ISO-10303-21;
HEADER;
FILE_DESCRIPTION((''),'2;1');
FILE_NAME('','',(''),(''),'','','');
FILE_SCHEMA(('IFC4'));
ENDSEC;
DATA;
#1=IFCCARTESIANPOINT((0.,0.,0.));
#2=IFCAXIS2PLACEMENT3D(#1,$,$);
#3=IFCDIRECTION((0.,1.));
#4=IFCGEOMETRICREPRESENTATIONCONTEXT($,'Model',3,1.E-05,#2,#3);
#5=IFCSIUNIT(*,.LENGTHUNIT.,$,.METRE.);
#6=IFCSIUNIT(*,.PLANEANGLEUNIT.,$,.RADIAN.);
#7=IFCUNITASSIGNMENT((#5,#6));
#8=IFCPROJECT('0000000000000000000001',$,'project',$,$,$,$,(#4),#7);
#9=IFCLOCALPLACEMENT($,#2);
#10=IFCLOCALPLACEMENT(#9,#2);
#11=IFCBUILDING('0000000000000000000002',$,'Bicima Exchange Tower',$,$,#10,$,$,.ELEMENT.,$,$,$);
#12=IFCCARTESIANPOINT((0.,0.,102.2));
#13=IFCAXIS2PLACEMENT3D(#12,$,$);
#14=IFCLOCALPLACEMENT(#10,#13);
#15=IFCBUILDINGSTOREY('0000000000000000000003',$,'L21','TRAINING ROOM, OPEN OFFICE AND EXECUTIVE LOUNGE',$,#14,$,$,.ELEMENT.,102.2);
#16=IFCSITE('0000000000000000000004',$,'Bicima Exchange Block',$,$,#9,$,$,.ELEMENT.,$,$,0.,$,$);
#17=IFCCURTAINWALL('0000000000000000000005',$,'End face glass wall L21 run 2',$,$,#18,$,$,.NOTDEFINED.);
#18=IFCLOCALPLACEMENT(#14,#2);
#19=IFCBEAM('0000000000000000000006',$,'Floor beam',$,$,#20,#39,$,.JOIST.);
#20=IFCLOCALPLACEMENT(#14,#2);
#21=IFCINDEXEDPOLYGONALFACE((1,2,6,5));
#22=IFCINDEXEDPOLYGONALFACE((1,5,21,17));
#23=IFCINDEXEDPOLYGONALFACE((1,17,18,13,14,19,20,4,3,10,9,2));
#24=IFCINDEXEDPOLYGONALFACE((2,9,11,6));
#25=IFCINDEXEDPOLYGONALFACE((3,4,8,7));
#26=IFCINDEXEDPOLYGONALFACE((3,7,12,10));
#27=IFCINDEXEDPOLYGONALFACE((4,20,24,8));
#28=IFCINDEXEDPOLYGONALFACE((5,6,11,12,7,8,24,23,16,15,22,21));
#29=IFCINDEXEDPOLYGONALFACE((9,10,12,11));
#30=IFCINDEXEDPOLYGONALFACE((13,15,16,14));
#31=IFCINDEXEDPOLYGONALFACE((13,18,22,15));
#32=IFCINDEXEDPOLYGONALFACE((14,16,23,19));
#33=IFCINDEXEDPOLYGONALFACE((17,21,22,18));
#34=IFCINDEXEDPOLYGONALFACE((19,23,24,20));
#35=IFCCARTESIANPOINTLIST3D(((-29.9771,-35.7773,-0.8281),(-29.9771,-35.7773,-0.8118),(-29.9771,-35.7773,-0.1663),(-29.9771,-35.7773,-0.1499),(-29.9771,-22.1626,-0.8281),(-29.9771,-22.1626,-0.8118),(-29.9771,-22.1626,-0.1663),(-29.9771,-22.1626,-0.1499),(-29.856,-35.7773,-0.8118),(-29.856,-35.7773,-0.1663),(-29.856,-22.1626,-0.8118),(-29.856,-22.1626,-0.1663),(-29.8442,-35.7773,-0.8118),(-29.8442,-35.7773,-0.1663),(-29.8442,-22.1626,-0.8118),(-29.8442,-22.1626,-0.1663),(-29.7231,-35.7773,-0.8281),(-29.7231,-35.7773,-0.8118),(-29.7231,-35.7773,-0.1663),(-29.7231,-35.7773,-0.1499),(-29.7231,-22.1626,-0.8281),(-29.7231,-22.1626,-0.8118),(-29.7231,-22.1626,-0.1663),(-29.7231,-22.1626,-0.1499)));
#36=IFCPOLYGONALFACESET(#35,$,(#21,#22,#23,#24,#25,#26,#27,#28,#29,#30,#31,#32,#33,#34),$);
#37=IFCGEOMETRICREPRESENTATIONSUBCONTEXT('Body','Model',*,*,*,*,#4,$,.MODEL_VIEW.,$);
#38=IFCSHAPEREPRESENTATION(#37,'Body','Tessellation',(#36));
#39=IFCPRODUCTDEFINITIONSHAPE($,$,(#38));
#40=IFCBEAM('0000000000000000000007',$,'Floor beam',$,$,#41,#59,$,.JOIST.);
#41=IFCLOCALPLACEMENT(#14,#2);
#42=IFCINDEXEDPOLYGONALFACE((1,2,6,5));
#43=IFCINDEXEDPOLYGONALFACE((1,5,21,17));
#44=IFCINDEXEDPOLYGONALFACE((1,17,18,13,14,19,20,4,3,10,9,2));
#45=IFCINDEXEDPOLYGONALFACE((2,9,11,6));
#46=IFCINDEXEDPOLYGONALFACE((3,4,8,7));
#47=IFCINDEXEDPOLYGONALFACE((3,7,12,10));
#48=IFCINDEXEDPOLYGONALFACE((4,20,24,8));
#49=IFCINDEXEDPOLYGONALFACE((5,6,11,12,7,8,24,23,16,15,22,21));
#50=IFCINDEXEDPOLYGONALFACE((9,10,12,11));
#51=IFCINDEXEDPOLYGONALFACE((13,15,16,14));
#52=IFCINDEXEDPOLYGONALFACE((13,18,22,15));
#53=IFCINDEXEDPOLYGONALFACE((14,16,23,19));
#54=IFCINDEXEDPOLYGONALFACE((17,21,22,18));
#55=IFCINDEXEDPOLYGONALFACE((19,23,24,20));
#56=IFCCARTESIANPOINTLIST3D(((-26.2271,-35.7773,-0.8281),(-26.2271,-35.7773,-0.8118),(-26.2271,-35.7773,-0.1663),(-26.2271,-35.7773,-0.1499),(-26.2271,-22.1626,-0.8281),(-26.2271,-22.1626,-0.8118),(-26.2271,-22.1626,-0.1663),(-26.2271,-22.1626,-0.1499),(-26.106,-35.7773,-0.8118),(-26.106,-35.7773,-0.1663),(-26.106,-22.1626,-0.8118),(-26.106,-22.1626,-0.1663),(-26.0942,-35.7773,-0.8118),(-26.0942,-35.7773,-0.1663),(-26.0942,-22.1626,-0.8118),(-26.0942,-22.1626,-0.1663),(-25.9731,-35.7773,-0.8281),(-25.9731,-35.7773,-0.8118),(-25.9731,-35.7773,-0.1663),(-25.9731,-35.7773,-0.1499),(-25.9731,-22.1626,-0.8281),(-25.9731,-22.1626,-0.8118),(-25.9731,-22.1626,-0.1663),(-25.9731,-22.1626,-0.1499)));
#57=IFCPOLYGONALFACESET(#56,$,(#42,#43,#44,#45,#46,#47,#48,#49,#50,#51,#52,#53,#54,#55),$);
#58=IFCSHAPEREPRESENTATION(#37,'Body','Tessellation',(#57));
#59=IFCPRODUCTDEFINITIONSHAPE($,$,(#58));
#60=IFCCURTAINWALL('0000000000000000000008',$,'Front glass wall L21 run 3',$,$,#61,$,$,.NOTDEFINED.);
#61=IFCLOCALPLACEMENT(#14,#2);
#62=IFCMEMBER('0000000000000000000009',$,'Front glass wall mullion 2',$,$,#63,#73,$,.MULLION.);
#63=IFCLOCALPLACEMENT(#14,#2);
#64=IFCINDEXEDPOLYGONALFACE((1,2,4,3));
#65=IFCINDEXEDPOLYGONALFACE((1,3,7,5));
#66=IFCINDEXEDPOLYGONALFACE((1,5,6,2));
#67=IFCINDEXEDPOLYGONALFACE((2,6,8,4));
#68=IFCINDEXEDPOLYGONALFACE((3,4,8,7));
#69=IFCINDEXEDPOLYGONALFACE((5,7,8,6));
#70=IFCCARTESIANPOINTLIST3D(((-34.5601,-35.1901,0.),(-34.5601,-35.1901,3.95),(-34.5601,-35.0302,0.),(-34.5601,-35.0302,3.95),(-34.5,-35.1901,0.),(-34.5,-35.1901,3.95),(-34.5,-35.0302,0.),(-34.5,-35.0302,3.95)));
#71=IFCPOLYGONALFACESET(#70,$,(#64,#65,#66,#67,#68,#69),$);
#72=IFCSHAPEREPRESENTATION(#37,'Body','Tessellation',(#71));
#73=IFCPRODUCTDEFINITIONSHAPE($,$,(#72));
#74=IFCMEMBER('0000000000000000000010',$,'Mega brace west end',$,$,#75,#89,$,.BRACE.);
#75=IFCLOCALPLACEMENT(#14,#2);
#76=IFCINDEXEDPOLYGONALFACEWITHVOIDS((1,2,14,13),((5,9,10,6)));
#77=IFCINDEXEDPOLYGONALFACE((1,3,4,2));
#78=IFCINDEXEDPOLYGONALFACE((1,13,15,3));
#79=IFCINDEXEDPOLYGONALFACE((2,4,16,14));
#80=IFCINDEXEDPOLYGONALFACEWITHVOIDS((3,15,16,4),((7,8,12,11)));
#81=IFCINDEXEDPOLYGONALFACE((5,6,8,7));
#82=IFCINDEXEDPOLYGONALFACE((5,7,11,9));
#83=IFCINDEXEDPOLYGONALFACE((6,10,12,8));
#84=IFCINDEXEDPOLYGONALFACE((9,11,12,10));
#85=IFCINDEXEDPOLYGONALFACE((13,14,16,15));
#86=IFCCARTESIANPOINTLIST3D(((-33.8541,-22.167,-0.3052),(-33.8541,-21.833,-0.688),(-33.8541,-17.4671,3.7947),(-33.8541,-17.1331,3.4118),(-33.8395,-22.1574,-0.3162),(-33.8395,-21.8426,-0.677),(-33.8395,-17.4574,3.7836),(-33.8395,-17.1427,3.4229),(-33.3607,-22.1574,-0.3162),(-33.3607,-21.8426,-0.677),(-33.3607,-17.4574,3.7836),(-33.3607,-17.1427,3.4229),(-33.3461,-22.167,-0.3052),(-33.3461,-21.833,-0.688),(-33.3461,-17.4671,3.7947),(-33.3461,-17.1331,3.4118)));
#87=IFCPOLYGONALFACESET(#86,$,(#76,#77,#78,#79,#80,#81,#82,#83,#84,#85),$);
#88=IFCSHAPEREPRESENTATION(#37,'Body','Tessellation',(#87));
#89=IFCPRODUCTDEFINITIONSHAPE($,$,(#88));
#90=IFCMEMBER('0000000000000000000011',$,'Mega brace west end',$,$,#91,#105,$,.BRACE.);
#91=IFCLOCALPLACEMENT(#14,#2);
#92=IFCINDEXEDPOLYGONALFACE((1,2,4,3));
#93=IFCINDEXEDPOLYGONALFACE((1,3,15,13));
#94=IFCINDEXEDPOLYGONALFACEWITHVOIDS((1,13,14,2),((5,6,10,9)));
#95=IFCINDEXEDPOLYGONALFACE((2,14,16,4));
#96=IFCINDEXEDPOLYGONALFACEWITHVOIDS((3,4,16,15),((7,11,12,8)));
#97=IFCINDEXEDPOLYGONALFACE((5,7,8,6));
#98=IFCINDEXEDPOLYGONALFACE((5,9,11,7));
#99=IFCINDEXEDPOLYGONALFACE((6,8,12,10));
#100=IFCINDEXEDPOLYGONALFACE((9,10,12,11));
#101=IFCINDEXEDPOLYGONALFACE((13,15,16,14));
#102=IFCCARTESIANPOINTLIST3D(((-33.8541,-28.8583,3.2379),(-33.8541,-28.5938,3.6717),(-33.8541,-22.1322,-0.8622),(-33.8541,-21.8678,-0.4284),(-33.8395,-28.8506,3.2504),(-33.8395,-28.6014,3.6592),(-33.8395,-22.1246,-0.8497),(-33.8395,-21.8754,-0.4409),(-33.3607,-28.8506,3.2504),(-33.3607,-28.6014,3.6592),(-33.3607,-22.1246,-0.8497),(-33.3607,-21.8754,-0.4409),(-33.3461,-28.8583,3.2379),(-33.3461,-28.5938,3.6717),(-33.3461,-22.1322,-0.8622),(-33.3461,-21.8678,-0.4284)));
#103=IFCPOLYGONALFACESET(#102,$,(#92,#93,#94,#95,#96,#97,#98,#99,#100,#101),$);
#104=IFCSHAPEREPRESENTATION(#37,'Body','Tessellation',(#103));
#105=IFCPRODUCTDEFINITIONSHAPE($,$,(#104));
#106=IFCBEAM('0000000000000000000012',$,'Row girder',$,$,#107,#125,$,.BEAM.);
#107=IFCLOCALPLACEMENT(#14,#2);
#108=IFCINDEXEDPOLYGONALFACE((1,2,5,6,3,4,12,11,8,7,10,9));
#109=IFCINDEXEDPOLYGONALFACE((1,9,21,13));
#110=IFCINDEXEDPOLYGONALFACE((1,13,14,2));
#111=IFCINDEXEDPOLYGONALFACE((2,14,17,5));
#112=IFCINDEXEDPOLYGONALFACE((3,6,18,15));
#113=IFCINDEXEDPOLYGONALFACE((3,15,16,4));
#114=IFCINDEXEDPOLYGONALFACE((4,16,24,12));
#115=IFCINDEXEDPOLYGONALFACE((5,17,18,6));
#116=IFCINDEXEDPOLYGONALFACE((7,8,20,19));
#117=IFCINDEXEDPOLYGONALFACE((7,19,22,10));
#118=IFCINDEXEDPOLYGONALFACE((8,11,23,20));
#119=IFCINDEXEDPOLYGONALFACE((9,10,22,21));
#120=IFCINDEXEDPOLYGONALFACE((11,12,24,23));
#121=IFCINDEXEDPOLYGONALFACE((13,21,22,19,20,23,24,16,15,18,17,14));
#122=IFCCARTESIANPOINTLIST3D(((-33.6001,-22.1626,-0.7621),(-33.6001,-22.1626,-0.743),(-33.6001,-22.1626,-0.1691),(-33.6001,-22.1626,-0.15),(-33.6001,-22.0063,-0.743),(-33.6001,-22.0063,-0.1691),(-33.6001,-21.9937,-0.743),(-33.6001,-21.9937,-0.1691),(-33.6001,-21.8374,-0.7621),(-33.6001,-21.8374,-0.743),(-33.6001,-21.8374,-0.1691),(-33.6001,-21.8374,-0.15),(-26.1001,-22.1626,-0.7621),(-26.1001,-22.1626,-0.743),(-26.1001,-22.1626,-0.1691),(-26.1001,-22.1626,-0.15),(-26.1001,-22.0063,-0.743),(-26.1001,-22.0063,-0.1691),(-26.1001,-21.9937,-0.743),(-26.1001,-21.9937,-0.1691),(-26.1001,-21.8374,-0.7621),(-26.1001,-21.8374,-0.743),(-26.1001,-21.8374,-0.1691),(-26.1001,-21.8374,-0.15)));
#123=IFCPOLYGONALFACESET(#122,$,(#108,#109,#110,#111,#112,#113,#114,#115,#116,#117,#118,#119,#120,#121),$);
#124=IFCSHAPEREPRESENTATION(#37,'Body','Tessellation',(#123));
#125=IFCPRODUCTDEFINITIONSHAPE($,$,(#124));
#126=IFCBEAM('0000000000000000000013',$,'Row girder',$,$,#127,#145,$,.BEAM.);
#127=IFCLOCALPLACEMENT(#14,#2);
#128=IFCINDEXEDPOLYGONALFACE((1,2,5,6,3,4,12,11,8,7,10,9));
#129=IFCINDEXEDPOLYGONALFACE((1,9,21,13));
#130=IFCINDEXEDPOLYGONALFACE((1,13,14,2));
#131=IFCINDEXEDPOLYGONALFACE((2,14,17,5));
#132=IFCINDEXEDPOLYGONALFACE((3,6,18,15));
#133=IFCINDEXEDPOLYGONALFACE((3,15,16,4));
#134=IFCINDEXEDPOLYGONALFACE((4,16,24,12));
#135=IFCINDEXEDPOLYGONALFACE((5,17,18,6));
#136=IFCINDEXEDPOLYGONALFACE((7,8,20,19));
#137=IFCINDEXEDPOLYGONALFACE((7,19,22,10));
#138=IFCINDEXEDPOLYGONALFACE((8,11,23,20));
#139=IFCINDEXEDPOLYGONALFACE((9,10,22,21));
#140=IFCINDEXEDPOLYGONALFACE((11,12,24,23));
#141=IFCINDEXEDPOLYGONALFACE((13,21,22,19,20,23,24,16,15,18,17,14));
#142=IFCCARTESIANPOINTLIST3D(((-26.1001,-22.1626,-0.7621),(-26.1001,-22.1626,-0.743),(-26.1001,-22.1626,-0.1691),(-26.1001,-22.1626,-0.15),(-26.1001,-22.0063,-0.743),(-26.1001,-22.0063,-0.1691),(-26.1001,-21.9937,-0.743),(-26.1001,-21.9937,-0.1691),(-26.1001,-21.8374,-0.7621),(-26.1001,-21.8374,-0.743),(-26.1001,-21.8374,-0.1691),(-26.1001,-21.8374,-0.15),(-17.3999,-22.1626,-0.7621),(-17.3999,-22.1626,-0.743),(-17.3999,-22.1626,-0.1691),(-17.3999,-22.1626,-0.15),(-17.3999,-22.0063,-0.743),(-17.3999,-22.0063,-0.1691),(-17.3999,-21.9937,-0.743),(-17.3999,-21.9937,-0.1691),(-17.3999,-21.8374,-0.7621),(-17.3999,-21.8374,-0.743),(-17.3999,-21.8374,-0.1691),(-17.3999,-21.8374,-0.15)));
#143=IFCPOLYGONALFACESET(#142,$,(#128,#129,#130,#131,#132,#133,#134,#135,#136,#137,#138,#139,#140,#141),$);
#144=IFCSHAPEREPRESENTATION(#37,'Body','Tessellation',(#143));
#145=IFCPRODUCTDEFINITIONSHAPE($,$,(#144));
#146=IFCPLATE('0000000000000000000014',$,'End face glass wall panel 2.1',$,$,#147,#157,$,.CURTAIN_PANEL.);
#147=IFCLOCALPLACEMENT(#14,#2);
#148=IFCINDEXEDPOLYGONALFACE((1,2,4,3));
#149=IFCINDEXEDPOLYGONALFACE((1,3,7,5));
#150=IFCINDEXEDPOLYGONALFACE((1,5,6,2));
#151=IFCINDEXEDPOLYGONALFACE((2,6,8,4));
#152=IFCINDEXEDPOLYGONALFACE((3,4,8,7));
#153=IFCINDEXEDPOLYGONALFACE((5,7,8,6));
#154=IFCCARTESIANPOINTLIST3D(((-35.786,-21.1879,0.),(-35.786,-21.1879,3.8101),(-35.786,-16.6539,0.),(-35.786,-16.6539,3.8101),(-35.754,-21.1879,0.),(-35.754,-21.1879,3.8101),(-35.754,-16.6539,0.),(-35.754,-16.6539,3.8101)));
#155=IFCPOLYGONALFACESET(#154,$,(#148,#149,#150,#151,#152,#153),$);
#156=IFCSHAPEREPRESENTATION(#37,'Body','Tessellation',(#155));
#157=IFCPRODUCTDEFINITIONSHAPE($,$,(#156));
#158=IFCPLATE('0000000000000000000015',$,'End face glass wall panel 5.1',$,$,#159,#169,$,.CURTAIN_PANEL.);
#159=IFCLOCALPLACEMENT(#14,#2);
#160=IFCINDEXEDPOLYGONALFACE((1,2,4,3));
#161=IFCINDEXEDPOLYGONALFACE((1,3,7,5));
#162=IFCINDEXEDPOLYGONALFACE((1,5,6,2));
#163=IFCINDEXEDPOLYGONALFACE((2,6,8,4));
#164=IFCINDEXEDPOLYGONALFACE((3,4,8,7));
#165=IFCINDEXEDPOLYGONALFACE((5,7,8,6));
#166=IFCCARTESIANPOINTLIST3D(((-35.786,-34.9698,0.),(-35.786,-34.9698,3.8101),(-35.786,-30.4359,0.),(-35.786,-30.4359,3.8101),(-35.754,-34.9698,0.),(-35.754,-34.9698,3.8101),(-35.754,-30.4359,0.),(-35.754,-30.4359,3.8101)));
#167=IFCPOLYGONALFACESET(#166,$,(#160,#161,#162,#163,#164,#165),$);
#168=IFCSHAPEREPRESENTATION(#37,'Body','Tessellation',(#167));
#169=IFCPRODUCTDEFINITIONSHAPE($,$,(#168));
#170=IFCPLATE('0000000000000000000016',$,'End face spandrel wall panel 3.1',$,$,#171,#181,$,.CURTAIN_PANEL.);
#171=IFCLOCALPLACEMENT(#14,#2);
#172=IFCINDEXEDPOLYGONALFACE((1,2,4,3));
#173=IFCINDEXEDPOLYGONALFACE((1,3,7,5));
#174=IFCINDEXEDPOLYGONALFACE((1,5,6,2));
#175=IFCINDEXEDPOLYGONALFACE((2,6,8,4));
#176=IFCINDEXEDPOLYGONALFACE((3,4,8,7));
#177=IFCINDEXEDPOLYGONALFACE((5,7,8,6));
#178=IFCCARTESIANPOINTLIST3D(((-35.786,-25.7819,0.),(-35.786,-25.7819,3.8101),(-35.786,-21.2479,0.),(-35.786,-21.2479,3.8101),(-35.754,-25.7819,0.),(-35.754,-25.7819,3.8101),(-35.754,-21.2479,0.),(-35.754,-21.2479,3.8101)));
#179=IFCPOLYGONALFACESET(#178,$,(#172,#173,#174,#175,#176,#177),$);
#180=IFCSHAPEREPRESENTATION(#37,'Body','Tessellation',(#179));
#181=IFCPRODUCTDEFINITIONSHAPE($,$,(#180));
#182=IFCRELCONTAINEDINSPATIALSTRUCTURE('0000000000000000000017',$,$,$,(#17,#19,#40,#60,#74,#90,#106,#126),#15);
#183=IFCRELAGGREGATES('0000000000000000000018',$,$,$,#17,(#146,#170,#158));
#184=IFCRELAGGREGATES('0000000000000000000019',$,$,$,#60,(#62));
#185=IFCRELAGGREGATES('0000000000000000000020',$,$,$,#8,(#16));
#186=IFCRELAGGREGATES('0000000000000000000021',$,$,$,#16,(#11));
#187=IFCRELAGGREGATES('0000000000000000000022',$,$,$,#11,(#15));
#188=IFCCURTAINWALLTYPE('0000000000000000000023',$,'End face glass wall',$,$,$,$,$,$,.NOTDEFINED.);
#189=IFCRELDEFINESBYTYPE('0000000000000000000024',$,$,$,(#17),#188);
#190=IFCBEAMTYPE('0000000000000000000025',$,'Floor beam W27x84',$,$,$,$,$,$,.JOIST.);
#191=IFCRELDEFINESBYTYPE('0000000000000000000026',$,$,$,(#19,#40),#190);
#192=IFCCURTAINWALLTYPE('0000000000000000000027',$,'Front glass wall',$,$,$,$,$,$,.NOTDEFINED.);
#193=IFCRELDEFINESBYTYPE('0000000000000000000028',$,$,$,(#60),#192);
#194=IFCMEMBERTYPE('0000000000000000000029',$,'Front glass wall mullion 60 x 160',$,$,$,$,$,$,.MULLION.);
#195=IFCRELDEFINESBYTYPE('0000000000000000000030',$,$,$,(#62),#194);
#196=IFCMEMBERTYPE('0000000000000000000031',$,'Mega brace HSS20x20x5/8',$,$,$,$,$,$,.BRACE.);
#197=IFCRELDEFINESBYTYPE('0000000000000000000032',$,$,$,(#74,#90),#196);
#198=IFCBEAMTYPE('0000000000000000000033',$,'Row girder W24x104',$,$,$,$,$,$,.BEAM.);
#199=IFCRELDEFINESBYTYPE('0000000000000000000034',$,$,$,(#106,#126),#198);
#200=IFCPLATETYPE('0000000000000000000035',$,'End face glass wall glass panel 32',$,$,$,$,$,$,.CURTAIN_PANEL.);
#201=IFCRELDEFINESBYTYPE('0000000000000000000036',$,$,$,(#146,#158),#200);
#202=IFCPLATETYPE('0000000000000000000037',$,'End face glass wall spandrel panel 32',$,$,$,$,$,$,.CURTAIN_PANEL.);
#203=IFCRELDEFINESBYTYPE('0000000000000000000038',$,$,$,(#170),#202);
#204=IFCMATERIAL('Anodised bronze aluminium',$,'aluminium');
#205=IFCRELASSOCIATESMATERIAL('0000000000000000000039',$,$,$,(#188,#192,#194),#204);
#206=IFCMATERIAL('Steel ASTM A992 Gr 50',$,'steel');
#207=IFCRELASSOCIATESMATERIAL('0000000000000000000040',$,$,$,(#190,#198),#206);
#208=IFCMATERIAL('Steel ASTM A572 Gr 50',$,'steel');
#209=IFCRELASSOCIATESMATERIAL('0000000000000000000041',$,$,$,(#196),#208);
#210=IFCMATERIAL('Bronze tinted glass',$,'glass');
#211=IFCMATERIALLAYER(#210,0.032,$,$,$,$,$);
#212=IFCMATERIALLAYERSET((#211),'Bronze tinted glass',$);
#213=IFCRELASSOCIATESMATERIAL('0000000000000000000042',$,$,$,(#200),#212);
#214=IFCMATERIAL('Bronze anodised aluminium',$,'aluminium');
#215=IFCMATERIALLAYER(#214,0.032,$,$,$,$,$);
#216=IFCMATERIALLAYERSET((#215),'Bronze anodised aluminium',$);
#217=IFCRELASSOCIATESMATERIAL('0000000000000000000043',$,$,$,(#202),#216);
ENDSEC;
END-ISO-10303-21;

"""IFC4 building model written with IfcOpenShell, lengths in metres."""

from ifc_helpers import new_model, si_unit, direction, frame, origin, origin_2d, place, context, subcontext, project, spatial, rectangle, hollow_rectangle, i_section, extrude, material, layer, layer_set, material_profile, profile_set, type_object, element, aggregate, save


model = new_model("IFC4")

# Units and contexts
model_context = context("Model", 3, precision=1e-05, world=origin(), true_north=direction((0.0, 1.0)))
body_context = subcontext(model_context, "Body", "Model", "MODEL_VIEW")
ifc_project = project(units=[si_unit("LENGTHUNIT", "METRE"), si_unit("PLANEANGLEUNIT", "RADIAN")], contexts=[model_context])

# Site, building, storey
site_placement = place(None, origin())
site = spatial("IfcSite", under=ifc_project, at=site_placement, Name="Bicima Exchange Block", CompositionType="ELEMENT", RefElevation=0.0)
building_placement = place(site_placement, origin())
building = spatial("IfcBuilding", under=site, at=building_placement, Name="Bicima Exchange Tower", CompositionType="ELEMENT")
storey_placement = place(building_placement, frame((0.0, 0.0, 102.2)))
storey = spatial("IfcBuildingStorey", under=building, at=storey_placement, Name="L21", Description="TRAINING ROOM, OPEN OFFICE AND EXECUTIVE LOUNGE", CompositionType="ELEMENT", Elevation=102.2)

# Shared definitions
ifc_material_1 = material(Name="Steel ASTM A992 Gr 50", Category="steel")

# Curtain wall
ifc_material_2 = material(Name="Anodised bronze aluminium", Category="aluminium")
curtain_wall_type_1 = type_object("IfcCurtainWallType", Name="End face glass wall", PredefinedType="NOTDEFINED", material=ifc_material_2)
curtain_wall_1_placement = place(storey_placement, origin())
curtain_wall_1 = element("IfcCurtainWall", 1, at=curtain_wall_1_placement, inside=storey, type_object=curtain_wall_type_1, Name="End face glass wall L21 run 2", PredefinedType="NOTDEFINED")
ifc_material_profile_1 = material_profile(ifc_material_2, rectangle(XDim=0.1599, YDim=0.0601, at=origin_2d()))
ifc_profile_set_1 = profile_set([ifc_material_profile_1], Name="Anodised bronze aluminium")

# Beams
ifc_material_profile_2 = material_profile(ifc_material_1, i_section(OverallWidth=0.2539, OverallDepth=0.6782, WebThickness=0.0117, FlangeThickness=0.0164, at=origin_2d()))
ifc_profile_set_2 = profile_set([ifc_material_profile_2], Name="Steel ASTM A992 Gr 50")
beam_type_1 = type_object("IfcBeamType", Name="Floor beam W27x84", PredefinedType="JOIST", material=ifc_profile_set_2)
for number, where, z_axis, x_axis, name in (
    (2, (-29.8501, -22.1626, -0.489), (0.0, -1.0, 0.0), (1.0, 0.0, 0.0), "Floor beam"),
    (3, (-26.1001, -22.1626, -0.489), (0.0, -1.0, 0.0), (1.0, 0.0, 0.0), "Floor beam"),
):
    element("IfcBeam", number, at=place(storey_placement, frame(where, z_axis=z_axis, x_axis=x_axis)), inside=storey, type_object=beam_type_1, Name=name, PredefinedType="JOIST", context=body_context, shape_type="SweptSolid", body=[
        extrude(i_section(OverallWidth=0.2539, OverallDepth=0.6782, WebThickness=0.0117, FlangeThickness=0.0164, at=origin_2d()), origin(), (0.0, 0.0, 1.0), 13.6147),
    ])

# Curtain wall, member
curtain_wall_type_2 = type_object("IfcCurtainWallType", Name="Front glass wall", PredefinedType="NOTDEFINED", material=ifc_material_2)
curtain_wall_2_placement = place(storey_placement, origin())
curtain_wall_2 = element("IfcCurtainWall", 4, at=curtain_wall_2_placement, inside=storey, type_object=curtain_wall_type_2, Name="Front glass wall L21 run 3", PredefinedType="NOTDEFINED")
member_type_1 = type_object("IfcMemberType", Name="Front glass wall mullion 60 x 160", PredefinedType="MULLION", material=ifc_profile_set_1)
member_1_placement = place(storey_placement, frame((-34.53, -35.1101, 0.0), z_axis=(0.0, 0.0, 1.0), x_axis=(0.0, 1.0, 0.0)))
member_1 = element("IfcMember", 5, at=member_1_placement, type_object=member_type_1, Name="Front glass wall mullion 2", PredefinedType="MULLION", context=body_context, shape_type="SweptSolid", body=[
    extrude(rectangle(XDim=0.1599, YDim=0.0601, at=origin_2d()), origin(), (0.0, 0.0, 1.0), 3.95),
])

# Members
ifc_material_3 = material(Name="Steel ASTM A572 Gr 50", Category="steel")
ifc_material_profile_3 = material_profile(ifc_material_3, hollow_rectangle(XDim=0.5081, YDim=0.5081, WallThickness=0.0146, at=origin_2d()))
ifc_profile_set_3 = profile_set([ifc_material_profile_3], Name="Steel ASTM A572 Gr 50")
member_type_2 = type_object("IfcMemberType", Name="Mega brace HSS20x20x5/8", PredefinedType="BRACE", material=ifc_profile_set_3)
member_2_placement = place(storey_placement, frame((-33.6001, -22.0, -0.4966), z_axis=(0.0, 0.753577, 0.657359), x_axis=(-1.0, 0.0, 0.0)))
element("IfcMember", 6, at=member_2_placement, inside=storey, type_object=member_type_2, Name="Mega brace west end", PredefinedType="BRACE", context=body_context, shape_type="SweptSolid", body=[
    extrude(hollow_rectangle(XDim=0.5081, YDim=0.5081, WallThickness=0.0146, at=origin_2d()), origin(), (0.0, 0.0, 1.0), 6.2368),
])
member_3_placement = place(storey_placement, frame((-33.6001, -22.0, -0.6453), z_axis=(0.0, -0.853862, 0.520499), x_axis=(1.0, 0.0, 0.0)))
element("IfcMember", 7, at=member_3_placement, inside=storey, type_object=member_type_2, Name="Mega brace west end", PredefinedType="BRACE", context=body_context, shape_type="SweptSolid", body=[
    extrude(hollow_rectangle(XDim=0.5081, YDim=0.5081, WallThickness=0.0146, at=origin_2d()), origin(), (0.0, 0.0, 1.0), 7.8772),
])

# Beams
ifc_material_profile_4 = material_profile(ifc_material_1, i_section(OverallWidth=0.3252, OverallDepth=0.6121, WebThickness=0.0127, FlangeThickness=0.019, at=origin_2d()))
ifc_profile_set_4 = profile_set([ifc_material_profile_4], Name="Steel ASTM A992 Gr 50")
beam_type_2 = type_object("IfcBeamType", Name="Row girder W24x104", PredefinedType="BEAM", material=ifc_profile_set_4)
beam_1_placement = place(storey_placement, frame((-33.6001, -22.0, -0.4561), z_axis=(1.0, 0.0, 0.0), x_axis=(0.0, 1.0, 0.0)))
element("IfcBeam", 8, at=beam_1_placement, inside=storey, type_object=beam_type_2, Name="Row girder", PredefinedType="BEAM", context=body_context, shape_type="SweptSolid", body=[
    extrude(i_section(OverallWidth=0.3252, OverallDepth=0.6121, WebThickness=0.0127, FlangeThickness=0.019, at=origin_2d()), origin(), (0.0, 0.0, 1.0), 7.5),
])
beam_2_placement = place(storey_placement, frame((-26.1001, -22.0, -0.4561), z_axis=(1.0, 0.0, 0.0), x_axis=(0.0, 1.0, 0.0)))
element("IfcBeam", 9, at=beam_2_placement, inside=storey, type_object=beam_type_2, Name="Row girder", PredefinedType="BEAM", context=body_context, shape_type="SweptSolid", body=[
    extrude(i_section(OverallWidth=0.3252, OverallDepth=0.6121, WebThickness=0.0127, FlangeThickness=0.019, at=origin_2d()), origin(), (0.0, 0.0, 1.0), 8.7002),
])

# Plates
ifc_material_4 = material(Name="Bronze tinted glass", Category="glass")
ifc_layer_1 = layer(ifc_material_4, 0.032)
ifc_layer_set_1 = layer_set([ifc_layer_1], Name="Bronze tinted glass")
plate_type_1 = type_object("IfcPlateType", Name="End face glass wall glass panel 32", PredefinedType="CURTAIN_PANEL", material=ifc_layer_set_1)
plate_1_placement = place(storey_placement, frame((-35.77, -18.9209, 0.0), z_axis=(0.0, 0.0, 1.0), x_axis=(0.0, -1.0, 0.0)))
plate_1 = element("IfcPlate", 10, at=plate_1_placement, type_object=plate_type_1, Name="End face glass wall panel 2.1", PredefinedType="CURTAIN_PANEL", context=body_context, shape_type="SweptSolid", body=[
    extrude(rectangle(XDim=4.5339, YDim=0.032, at=origin_2d()), origin(), (0.0, 0.0, 1.0), 3.8101),
])
plate_2_placement = place(storey_placement, frame((-35.77, -32.7029, 0.0), z_axis=(0.0, 0.0, 1.0), x_axis=(0.0, -1.0, 0.0)))
plate_2 = element("IfcPlate", 11, at=plate_2_placement, type_object=plate_type_1, Name="End face glass wall panel 5.1", PredefinedType="CURTAIN_PANEL", context=body_context, shape_type="SweptSolid", body=[
    extrude(rectangle(XDim=4.5339, YDim=0.032, at=origin_2d()), origin(), (0.0, 0.0, 1.0), 3.8101),
])
ifc_material_5 = material(Name="Bronze anodised aluminium", Category="aluminium")
ifc_layer_2 = layer(ifc_material_5, 0.032)
ifc_layer_set_2 = layer_set([ifc_layer_2], Name="Bronze anodised aluminium")
plate_type_2 = type_object("IfcPlateType", Name="End face glass wall spandrel panel 32", PredefinedType="CURTAIN_PANEL", material=ifc_layer_set_2)
plate_3_placement = place(storey_placement, frame((-35.77, -23.5149, 0.0), z_axis=(0.0, 0.0, 1.0), x_axis=(0.0, -1.0, 0.0)))
plate_3 = element("IfcPlate", 12, at=plate_3_placement, type_object=plate_type_2, Name="End face spandrel wall panel 3.1", PredefinedType="CURTAIN_PANEL", context=body_context, shape_type="SweptSolid", body=[
    extrude(rectangle(XDim=4.5339, YDim=0.032, at=origin_2d()), origin(), (0.0, 0.0, 1.0), 3.8101),
])
aggregate(curtain_wall_1, [plate_1, plate_3, plate_2])
aggregate(curtain_wall_2, [member_1])

save(model, "model.ifc")
